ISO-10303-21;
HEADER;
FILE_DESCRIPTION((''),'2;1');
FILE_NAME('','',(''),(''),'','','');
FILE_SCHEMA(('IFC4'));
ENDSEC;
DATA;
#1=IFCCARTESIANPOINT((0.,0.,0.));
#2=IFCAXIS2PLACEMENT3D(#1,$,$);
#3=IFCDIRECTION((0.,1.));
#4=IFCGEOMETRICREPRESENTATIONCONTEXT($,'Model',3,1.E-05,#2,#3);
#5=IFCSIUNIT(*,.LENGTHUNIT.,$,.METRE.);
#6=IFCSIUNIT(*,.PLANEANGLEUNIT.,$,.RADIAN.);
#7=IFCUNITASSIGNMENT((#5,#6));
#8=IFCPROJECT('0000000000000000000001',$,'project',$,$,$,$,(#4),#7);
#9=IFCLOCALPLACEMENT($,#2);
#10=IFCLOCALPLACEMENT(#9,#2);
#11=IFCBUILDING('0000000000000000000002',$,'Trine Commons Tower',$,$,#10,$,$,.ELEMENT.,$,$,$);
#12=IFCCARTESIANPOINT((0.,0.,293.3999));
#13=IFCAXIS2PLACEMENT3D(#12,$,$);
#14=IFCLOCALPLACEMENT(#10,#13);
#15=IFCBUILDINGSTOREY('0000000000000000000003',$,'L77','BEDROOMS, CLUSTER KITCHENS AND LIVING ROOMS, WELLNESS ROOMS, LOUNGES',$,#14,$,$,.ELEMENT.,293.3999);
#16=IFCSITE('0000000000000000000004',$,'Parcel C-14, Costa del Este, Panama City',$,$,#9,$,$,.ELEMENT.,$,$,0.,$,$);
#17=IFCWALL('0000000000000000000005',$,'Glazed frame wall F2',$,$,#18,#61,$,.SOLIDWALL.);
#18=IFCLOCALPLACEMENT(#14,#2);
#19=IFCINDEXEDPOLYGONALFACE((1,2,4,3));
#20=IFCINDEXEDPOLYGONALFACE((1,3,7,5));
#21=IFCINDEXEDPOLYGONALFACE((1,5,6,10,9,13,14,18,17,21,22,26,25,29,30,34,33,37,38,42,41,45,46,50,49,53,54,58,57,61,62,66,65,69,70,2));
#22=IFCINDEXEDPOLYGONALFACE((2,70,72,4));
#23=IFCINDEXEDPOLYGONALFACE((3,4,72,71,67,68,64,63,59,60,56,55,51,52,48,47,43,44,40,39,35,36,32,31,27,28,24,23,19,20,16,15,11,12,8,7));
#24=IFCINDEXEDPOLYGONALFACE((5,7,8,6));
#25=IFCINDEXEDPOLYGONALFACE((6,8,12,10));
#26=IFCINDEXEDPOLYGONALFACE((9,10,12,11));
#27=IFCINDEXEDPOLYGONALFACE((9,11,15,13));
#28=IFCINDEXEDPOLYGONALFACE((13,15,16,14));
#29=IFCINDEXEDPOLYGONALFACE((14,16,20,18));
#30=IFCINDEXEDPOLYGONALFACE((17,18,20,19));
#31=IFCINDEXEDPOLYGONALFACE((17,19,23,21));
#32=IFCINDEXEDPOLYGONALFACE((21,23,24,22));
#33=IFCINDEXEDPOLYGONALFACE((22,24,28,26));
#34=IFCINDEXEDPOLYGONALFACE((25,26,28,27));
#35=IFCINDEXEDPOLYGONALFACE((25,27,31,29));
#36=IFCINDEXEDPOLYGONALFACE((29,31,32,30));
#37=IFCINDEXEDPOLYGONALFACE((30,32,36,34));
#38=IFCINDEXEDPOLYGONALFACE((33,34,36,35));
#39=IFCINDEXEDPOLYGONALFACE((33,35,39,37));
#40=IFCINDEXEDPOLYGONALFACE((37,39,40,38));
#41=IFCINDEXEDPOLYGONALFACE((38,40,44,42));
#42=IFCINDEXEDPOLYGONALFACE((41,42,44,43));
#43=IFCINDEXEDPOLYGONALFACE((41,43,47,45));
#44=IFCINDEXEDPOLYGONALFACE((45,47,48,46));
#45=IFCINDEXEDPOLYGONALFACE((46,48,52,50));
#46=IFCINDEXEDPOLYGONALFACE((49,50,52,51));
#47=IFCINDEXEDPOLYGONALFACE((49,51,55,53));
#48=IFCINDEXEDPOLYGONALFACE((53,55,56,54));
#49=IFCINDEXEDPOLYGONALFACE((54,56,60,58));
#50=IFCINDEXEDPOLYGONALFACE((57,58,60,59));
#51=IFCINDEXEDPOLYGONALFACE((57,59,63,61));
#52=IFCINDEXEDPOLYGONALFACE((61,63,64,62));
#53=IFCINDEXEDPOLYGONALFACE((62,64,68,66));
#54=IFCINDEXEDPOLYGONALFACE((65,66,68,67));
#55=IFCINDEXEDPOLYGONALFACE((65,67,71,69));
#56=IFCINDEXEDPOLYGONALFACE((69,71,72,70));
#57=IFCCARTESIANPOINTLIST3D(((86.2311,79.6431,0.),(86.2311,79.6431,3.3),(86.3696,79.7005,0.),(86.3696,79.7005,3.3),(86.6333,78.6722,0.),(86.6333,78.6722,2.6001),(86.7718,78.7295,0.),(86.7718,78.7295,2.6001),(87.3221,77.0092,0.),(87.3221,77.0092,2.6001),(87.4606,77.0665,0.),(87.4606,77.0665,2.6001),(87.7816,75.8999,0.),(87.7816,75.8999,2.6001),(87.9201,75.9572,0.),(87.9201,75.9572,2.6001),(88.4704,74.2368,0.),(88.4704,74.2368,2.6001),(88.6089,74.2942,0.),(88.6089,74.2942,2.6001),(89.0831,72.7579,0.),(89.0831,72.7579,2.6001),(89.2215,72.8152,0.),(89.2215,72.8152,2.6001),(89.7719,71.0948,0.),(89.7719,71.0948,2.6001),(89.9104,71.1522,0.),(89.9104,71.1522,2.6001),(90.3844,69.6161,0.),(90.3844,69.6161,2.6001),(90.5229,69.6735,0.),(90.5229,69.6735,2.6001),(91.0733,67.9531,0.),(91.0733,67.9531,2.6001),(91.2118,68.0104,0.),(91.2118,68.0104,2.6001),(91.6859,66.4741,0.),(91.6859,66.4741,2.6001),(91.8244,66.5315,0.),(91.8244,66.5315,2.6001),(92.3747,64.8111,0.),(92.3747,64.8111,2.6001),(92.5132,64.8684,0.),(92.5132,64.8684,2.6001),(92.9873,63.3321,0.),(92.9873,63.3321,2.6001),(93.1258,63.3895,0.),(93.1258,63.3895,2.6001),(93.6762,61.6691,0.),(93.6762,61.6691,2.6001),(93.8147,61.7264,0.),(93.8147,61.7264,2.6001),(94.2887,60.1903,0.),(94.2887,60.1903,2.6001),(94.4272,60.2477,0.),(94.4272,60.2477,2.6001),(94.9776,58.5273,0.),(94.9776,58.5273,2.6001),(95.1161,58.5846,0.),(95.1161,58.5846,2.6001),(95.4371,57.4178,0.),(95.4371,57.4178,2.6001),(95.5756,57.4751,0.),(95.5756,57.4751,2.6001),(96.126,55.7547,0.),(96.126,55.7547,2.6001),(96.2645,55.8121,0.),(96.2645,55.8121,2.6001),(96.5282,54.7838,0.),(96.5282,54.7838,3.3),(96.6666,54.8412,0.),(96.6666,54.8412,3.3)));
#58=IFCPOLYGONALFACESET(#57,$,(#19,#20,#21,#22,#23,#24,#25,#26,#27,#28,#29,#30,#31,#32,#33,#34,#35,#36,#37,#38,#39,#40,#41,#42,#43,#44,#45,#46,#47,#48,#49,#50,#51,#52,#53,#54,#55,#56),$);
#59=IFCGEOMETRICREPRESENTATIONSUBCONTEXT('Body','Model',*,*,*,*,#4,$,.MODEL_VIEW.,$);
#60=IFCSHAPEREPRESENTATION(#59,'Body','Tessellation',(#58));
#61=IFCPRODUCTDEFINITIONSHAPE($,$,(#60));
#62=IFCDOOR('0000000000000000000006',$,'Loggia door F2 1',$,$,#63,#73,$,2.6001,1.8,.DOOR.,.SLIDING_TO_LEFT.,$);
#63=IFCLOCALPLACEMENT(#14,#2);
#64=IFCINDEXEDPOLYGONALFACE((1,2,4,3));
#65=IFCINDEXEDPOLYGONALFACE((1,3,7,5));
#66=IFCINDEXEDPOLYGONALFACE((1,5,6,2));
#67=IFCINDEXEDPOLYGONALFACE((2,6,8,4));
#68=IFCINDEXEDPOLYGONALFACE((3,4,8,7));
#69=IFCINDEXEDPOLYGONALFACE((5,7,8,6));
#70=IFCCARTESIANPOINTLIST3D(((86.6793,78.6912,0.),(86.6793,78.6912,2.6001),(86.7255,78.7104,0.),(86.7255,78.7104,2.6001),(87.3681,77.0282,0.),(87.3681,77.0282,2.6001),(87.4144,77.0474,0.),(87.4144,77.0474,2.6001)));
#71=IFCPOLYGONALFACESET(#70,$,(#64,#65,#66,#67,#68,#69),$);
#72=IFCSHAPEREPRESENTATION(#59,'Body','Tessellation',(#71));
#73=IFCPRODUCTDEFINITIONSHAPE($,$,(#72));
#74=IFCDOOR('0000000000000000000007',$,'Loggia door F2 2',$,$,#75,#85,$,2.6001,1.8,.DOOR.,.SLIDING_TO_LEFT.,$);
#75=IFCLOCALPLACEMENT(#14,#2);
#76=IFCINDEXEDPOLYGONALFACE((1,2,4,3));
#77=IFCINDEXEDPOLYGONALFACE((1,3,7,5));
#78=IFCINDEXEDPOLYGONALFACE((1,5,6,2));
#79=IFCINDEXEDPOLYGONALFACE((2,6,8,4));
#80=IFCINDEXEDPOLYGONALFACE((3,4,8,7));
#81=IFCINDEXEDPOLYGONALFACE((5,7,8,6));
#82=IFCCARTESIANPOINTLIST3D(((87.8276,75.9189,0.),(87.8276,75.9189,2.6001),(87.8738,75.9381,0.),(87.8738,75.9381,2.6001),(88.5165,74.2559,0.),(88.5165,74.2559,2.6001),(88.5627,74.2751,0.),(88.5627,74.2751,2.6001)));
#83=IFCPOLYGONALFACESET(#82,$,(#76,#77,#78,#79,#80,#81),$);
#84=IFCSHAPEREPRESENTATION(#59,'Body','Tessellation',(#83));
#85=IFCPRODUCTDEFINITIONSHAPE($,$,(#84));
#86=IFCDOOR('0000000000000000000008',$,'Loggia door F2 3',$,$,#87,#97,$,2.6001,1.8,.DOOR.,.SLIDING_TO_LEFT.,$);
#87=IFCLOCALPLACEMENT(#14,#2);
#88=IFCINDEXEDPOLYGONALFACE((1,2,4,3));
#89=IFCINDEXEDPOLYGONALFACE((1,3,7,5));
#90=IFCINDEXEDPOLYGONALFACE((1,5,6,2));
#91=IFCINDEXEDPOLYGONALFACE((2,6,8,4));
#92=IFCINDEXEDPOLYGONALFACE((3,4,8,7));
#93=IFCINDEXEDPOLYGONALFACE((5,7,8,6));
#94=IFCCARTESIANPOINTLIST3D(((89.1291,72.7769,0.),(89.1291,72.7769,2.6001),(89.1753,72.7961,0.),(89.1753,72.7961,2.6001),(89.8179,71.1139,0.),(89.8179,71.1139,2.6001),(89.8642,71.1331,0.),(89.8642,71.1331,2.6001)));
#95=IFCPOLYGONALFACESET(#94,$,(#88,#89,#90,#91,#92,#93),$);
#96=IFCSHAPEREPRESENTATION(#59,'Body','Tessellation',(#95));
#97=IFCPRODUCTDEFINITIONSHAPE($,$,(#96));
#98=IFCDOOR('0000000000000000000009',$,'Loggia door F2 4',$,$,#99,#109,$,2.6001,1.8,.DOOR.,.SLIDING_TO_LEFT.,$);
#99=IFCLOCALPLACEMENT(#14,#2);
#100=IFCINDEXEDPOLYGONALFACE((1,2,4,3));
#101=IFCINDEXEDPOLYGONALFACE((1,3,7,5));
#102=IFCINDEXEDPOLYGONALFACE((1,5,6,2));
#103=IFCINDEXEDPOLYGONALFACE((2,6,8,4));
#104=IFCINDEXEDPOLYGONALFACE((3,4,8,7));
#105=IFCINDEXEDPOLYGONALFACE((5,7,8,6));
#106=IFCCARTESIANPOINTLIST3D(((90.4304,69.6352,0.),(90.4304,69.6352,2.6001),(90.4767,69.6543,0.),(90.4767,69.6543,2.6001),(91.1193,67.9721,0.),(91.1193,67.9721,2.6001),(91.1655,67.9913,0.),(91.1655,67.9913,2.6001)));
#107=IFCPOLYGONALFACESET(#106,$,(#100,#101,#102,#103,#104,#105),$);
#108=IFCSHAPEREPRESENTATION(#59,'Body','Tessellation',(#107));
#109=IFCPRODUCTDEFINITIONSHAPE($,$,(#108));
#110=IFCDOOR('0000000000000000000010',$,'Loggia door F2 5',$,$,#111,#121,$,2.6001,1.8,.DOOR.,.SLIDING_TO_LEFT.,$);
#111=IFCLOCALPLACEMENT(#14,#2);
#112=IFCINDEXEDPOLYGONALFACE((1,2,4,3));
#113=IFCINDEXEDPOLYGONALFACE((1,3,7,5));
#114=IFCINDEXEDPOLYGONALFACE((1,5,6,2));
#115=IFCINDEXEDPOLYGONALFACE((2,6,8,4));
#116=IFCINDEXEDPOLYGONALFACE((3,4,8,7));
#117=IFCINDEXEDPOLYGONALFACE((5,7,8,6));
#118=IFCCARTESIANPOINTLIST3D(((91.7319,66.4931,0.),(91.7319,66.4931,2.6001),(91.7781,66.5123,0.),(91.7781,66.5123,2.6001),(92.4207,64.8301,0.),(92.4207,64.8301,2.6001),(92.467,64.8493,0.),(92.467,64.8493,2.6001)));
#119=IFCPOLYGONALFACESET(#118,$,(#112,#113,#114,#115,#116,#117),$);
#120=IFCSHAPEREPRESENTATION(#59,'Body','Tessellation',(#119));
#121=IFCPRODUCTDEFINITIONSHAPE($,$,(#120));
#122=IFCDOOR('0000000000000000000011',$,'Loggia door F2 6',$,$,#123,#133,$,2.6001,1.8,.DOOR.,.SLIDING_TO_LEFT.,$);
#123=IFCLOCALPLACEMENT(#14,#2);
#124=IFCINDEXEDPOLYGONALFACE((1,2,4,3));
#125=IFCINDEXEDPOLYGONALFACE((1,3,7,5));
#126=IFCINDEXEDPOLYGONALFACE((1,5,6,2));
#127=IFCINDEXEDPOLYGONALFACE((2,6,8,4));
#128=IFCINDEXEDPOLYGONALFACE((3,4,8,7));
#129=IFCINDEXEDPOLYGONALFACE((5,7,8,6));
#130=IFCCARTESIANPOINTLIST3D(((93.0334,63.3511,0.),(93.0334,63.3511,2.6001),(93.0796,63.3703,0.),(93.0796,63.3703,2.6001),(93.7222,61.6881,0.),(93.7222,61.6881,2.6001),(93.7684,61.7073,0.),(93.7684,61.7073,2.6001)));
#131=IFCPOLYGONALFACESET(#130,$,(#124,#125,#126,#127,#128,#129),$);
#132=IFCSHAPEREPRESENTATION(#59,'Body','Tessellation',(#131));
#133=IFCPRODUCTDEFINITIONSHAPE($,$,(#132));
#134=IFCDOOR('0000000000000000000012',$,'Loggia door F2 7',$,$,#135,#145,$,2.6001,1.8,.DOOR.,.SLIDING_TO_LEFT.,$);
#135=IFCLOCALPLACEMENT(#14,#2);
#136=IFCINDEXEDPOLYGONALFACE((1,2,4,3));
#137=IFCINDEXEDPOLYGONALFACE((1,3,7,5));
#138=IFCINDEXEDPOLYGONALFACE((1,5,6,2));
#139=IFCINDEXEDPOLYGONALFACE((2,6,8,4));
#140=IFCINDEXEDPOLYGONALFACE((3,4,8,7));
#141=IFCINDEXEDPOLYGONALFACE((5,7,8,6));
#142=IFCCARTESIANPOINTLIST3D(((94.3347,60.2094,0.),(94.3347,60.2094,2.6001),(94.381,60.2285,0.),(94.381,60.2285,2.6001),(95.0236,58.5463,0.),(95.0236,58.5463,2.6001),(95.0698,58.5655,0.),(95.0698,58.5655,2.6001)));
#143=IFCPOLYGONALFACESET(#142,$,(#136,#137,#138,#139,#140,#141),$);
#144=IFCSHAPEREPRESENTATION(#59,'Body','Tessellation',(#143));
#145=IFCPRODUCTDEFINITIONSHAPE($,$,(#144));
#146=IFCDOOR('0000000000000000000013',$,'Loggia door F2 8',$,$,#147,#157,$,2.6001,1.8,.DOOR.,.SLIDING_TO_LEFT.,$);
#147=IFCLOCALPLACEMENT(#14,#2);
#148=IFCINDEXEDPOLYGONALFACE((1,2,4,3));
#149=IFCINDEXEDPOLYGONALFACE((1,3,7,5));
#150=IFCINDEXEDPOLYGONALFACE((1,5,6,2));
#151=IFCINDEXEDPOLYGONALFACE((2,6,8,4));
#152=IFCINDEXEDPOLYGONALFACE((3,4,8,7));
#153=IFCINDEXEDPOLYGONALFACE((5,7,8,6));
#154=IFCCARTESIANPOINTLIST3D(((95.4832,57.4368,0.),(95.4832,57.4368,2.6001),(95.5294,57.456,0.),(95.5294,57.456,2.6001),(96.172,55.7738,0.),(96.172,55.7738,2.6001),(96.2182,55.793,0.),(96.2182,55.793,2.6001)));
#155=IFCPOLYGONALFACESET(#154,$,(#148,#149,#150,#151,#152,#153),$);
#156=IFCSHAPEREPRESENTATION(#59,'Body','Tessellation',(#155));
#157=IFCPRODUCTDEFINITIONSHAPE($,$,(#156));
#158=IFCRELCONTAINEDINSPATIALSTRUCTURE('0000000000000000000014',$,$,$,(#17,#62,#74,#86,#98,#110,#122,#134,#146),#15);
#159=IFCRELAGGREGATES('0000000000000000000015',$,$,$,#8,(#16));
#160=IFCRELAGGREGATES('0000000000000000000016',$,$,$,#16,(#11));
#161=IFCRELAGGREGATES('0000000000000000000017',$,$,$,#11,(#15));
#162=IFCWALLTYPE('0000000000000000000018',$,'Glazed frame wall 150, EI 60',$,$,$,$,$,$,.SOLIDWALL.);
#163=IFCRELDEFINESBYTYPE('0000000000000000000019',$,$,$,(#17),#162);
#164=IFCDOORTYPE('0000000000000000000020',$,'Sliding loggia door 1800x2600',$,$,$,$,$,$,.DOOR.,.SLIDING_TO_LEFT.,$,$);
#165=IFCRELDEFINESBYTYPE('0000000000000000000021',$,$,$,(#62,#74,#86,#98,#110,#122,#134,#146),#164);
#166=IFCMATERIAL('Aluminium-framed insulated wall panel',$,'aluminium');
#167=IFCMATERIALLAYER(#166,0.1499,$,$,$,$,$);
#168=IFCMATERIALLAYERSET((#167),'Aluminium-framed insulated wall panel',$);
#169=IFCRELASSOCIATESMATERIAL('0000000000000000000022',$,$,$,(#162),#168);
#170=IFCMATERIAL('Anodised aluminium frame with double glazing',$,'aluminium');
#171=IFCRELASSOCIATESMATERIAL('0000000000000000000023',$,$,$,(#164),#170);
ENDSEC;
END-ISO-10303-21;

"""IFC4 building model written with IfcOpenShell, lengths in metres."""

from ifc_helpers import new_model, si_unit, direction, frame, frame_2d, origin, place, context, subcontext, project, spatial, polyline, rectangle, outline, extrude, material, layer, layer_set, type_object, element, fill, save


model = new_model("IFC4")

# Units and contexts
model_context = context("Model", 3, precision=1e-05, world=origin(), true_north=direction((0.0, 1.0)))
body_context = subcontext(model_context, "Body", "Model", "MODEL_VIEW")
ifc_project = project(units=[si_unit("LENGTHUNIT", "METRE"), si_unit("PLANEANGLEUNIT", "RADIAN")], contexts=[model_context])

# Site, building, storey
site_placement = place(None, origin())
site = spatial("IfcSite", under=ifc_project, at=site_placement, Name="Parcel C-14, Costa del Este, Panama City", CompositionType="ELEMENT", RefElevation=0.0)
building_placement = place(site_placement, origin())
building = spatial("IfcBuilding", under=site, at=building_placement, Name="Trine Commons Tower", CompositionType="ELEMENT")
storey_placement = place(building_placement, frame((0.0, 0.0, 293.3999)))
storey = spatial("IfcBuildingStorey", under=building, at=storey_placement, Name="L77", Description="BEDROOMS, CLUSTER KITCHENS AND LIVING ROOMS, WELLNESS ROOMS, LOUNGES", CompositionType="ELEMENT", Elevation=293.3999)

# Shared definitions
ifc_material_1 = material(Name="Aluminium-framed insulated wall panel", Category="aluminium")
ifc_layer_1 = layer(ifc_material_1, 0.1499)
ifc_layer_set_1 = layer_set([ifc_layer_1], Name="Aluminium-framed insulated wall panel")
wall_type_1 = type_object("IfcWallType", Name="Glazed frame wall 150, EI 60", PredefinedType="SOLIDWALL", material=ifc_layer_set_1)
ifc_material_2 = material(Name="Anodised aluminium frame with double glazing", Category="aluminium")
door_type = type_object("IfcDoorType", Name="Sliding loggia door 1800x2600", OperationType="SLIDING_TO_LEFT", PredefinedType="DOOR", material=ifc_material_2)

# Wall, openings, doors
wall_1_placement = place(storey_placement, frame((86.2432, 79.8098, 0.0), z_axis=(0.0, 0.0, 1.0), x_axis=(0.382684, -0.923879, 0.0)))
wall_1 = element("IfcWall", 1, at=wall_1_placement, inside=storey, type_object=wall_type_1, Name="Glazed frame wall F2", PredefinedType="SOLIDWALL", context=body_context, shape_type="SweptSolid", body=[
    extrude(outline(polyline([(0.1494, 0.075), (0.1494, -0.075), (27.0569, -0.075), (27.0569, 0.075), (0.1494, 0.075)])), origin(), (0.0, 0.0, 1.0), 3.3),
])
opening_1_placement = place(wall_1_placement, frame((1.2004, 0.0, 0.0)))
opening_1 = element("IfcOpeningElement", 2, at=opening_1_placement, cuts=wall_1, PredefinedType="OPENING", context=body_context, shape_type="SweptSolid", body=[
    extrude(rectangle(XDim=1.8, YDim=2.6001, at=frame_2d((0.8999, 1.3))), frame((0.0, 0.085, 0.0), z_axis=(0.0, -1.0, 0.0), x_axis=(1.0, 0.0, 0.0)), (0.0, 0.0, 1.0), 0.1699),
])
opening_2_placement = place(wall_1_placement, frame((4.2012, 0.0, 0.0)))
opening_2 = element("IfcOpeningElement", 3, at=opening_2_placement, cuts=wall_1, PredefinedType="OPENING", context=body_context, shape_type="SweptSolid", body=[
    extrude(rectangle(XDim=1.8, YDim=2.6001, at=frame_2d((0.8999, 1.3))), frame((0.0, 0.085, 0.0), z_axis=(0.0, -1.0, 0.0), x_axis=(1.0, 0.0, 0.0)), (0.0, 0.0, 1.0), 0.1699),
])
opening_3_placement = place(wall_1_placement, frame((7.6021, 0.0, 0.0)))
opening_3 = element("IfcOpeningElement", 4, at=opening_3_placement, cuts=wall_1, PredefinedType="OPENING", context=body_context, shape_type="SweptSolid", body=[
    extrude(rectangle(XDim=1.8, YDim=2.6001, at=frame_2d((0.8999, 1.3))), frame((0.0, 0.085, 0.0), z_axis=(0.0, -1.0, 0.0), x_axis=(1.0, 0.0, 0.0)), (0.0, 0.0, 1.0), 0.1699),
])
opening_4_placement = place(wall_1_placement, frame((11.0027, 0.0, 0.0)))
opening_4 = element("IfcOpeningElement", 5, at=opening_4_placement, cuts=wall_1, PredefinedType="OPENING", context=body_context, shape_type="SweptSolid", body=[
    extrude(rectangle(XDim=1.8, YDim=2.6001, at=frame_2d((0.8999, 1.3))), frame((0.0, 0.085, 0.0), z_axis=(0.0, -1.0, 0.0), x_axis=(1.0, 0.0, 0.0)), (0.0, 0.0, 1.0), 0.1699),
])
opening_5_placement = place(wall_1_placement, frame((14.4036, 0.0, 0.0)))
opening_5 = element("IfcOpeningElement", 6, at=opening_5_placement, cuts=wall_1, PredefinedType="OPENING", context=body_context, shape_type="SweptSolid", body=[
    extrude(rectangle(XDim=1.8, YDim=2.6001, at=frame_2d((0.8999, 1.3))), frame((0.0, 0.085, 0.0), z_axis=(0.0, -1.0, 0.0), x_axis=(1.0, 0.0, 0.0)), (0.0, 0.0, 1.0), 0.1699),
])
opening_6_placement = place(wall_1_placement, frame((17.8044, 0.0, 0.0)))
opening_6 = element("IfcOpeningElement", 7, at=opening_6_placement, cuts=wall_1, PredefinedType="OPENING", context=body_context, shape_type="SweptSolid", body=[
    extrude(rectangle(XDim=1.8, YDim=2.6001, at=frame_2d((0.8999, 1.3))), frame((0.0, 0.085, 0.0), z_axis=(0.0, -1.0, 0.0), x_axis=(1.0, 0.0, 0.0)), (0.0, 0.0, 1.0), 0.1699),
])
opening_7_placement = place(wall_1_placement, frame((21.2051, 0.0, 0.0)))
opening_7 = element("IfcOpeningElement", 8, at=opening_7_placement, cuts=wall_1, PredefinedType="OPENING", context=body_context, shape_type="SweptSolid", body=[
    extrude(rectangle(XDim=1.8, YDim=2.6001, at=frame_2d((0.8999, 1.3))), frame((0.0, 0.085, 0.0), z_axis=(0.0, -1.0, 0.0), x_axis=(1.0, 0.0, 0.0)), (0.0, 0.0, 1.0), 0.1699),
])
opening_8_placement = place(wall_1_placement, frame((24.2061, 0.0, 0.0)))
opening_8 = element("IfcOpeningElement", 9, at=opening_8_placement, cuts=wall_1, PredefinedType="OPENING", context=body_context, shape_type="SweptSolid", body=[
    extrude(rectangle(XDim=1.8, YDim=2.6001, at=frame_2d((0.8999, 1.3))), frame((0.0, 0.085, 0.0), z_axis=(0.0, -1.0, 0.0), x_axis=(1.0, 0.0, 0.0)), (0.0, 0.0, 1.0), 0.1699),
])
door_1_placement = place(opening_1_placement, origin())
door_1 = element("IfcDoor", 10, at=door_1_placement, inside=storey, type_object=door_type, Name="Loggia door F2 1", OperationType="SLIDING_TO_LEFT", OverallHeight=2.6001, OverallWidth=1.8, PredefinedType="DOOR", context=body_context, shape_type="SweptSolid", body=[
    extrude(rectangle(XDim=1.8, YDim=2.6001, at=frame_2d((0.8999, 1.3))), frame((0.0, 0.0249, 0.0), z_axis=(0.0, -1.0, 0.0), x_axis=(1.0, 0.0, 0.0)), (0.0, 0.0, 1.0), 0.05),
])
fill(opening_1, door_1)
door_2_placement = place(opening_2_placement, origin())
door_2 = element("IfcDoor", 11, at=door_2_placement, inside=storey, type_object=door_type, Name="Loggia door F2 2", OperationType="SLIDING_TO_LEFT", OverallHeight=2.6001, OverallWidth=1.8, PredefinedType="DOOR", context=body_context, shape_type="SweptSolid", body=[
    extrude(rectangle(XDim=1.8, YDim=2.6001, at=frame_2d((0.8999, 1.3))), frame((0.0, 0.0249, 0.0), z_axis=(0.0, -1.0, 0.0), x_axis=(1.0, 0.0, 0.0)), (0.0, 0.0, 1.0), 0.05),
])
fill(opening_2, door_2)
door_3_placement = place(opening_3_placement, origin())
door_3 = element("IfcDoor", 12, at=door_3_placement, inside=storey, type_object=door_type, Name="Loggia door F2 3", OperationType="SLIDING_TO_LEFT", OverallHeight=2.6001, OverallWidth=1.8, PredefinedType="DOOR", context=body_context, shape_type="SweptSolid", body=[
    extrude(rectangle(XDim=1.8, YDim=2.6001, at=frame_2d((0.8999, 1.3))), frame((0.0, 0.0249, 0.0), z_axis=(0.0, -1.0, 0.0), x_axis=(1.0, 0.0, 0.0)), (0.0, 0.0, 1.0), 0.05),
])
fill(opening_3, door_3)
door_4_placement = place(opening_4_placement, origin())
door_4 = element("IfcDoor", 13, at=door_4_placement, inside=storey, type_object=door_type, Name="Loggia door F2 4", OperationType="SLIDING_TO_LEFT", OverallHeight=2.6001, OverallWidth=1.8, PredefinedType="DOOR", context=body_context, shape_type="SweptSolid", body=[
    extrude(rectangle(XDim=1.8, YDim=2.6001, at=frame_2d((0.8999, 1.3))), frame((0.0, 0.0249, 0.0), z_axis=(0.0, -1.0, 0.0), x_axis=(1.0, 0.0, 0.0)), (0.0, 0.0, 1.0), 0.05),
])
fill(opening_4, door_4)
door_5_placement = place(opening_5_placement, origin())
door_5 = element("IfcDoor", 14, at=door_5_placement, inside=storey, type_object=door_type, Name="Loggia door F2 5", OperationType="SLIDING_TO_LEFT", OverallHeight=2.6001, OverallWidth=1.8, PredefinedType="DOOR", context=body_context, shape_type="SweptSolid", body=[
    extrude(rectangle(XDim=1.8, YDim=2.6001, at=frame_2d((0.8999, 1.3))), frame((0.0, 0.0249, 0.0), z_axis=(0.0, -1.0, 0.0), x_axis=(1.0, 0.0, 0.0)), (0.0, 0.0, 1.0), 0.05),
])
fill(opening_5, door_5)
door_6_placement = place(opening_6_placement, origin())
door_6 = element("IfcDoor", 15, at=door_6_placement, inside=storey, type_object=door_type, Name="Loggia door F2 6", OperationType="SLIDING_TO_LEFT", OverallHeight=2.6001, OverallWidth=1.8, PredefinedType="DOOR", context=body_context, shape_type="SweptSolid", body=[
    extrude(rectangle(XDim=1.8, YDim=2.6001, at=frame_2d((0.8999, 1.3))), frame((0.0, 0.0249, 0.0), z_axis=(0.0, -1.0, 0.0), x_axis=(1.0, 0.0, 0.0)), (0.0, 0.0, 1.0), 0.05),
])
fill(opening_6, door_6)
door_7_placement = place(opening_7_placement, origin())
door_7 = element("IfcDoor", 16, at=door_7_placement, inside=storey, type_object=door_type, Name="Loggia door F2 7", OperationType="SLIDING_TO_LEFT", OverallHeight=2.6001, OverallWidth=1.8, PredefinedType="DOOR", context=body_context, shape_type="SweptSolid", body=[
    extrude(rectangle(XDim=1.8, YDim=2.6001, at=frame_2d((0.8999, 1.3))), frame((0.0, 0.0249, 0.0), z_axis=(0.0, -1.0, 0.0), x_axis=(1.0, 0.0, 0.0)), (0.0, 0.0, 1.0), 0.05),
])
fill(opening_7, door_7)
door_8_placement = place(opening_8_placement, origin())
door_8 = element("IfcDoor", 17, at=door_8_placement, inside=storey, type_object=door_type, Name="Loggia door F2 8", OperationType="SLIDING_TO_LEFT", OverallHeight=2.6001, OverallWidth=1.8, PredefinedType="DOOR", context=body_context, shape_type="SweptSolid", body=[
    extrude(rectangle(XDim=1.8, YDim=2.6001, at=frame_2d((0.8999, 1.3))), frame((0.0, 0.0249, 0.0), z_axis=(0.0, -1.0, 0.0), x_axis=(1.0, 0.0, 0.0)), (0.0, 0.0, 1.0), 0.05),
])
fill(opening_8, door_8)

save(model, "model.ifc")
